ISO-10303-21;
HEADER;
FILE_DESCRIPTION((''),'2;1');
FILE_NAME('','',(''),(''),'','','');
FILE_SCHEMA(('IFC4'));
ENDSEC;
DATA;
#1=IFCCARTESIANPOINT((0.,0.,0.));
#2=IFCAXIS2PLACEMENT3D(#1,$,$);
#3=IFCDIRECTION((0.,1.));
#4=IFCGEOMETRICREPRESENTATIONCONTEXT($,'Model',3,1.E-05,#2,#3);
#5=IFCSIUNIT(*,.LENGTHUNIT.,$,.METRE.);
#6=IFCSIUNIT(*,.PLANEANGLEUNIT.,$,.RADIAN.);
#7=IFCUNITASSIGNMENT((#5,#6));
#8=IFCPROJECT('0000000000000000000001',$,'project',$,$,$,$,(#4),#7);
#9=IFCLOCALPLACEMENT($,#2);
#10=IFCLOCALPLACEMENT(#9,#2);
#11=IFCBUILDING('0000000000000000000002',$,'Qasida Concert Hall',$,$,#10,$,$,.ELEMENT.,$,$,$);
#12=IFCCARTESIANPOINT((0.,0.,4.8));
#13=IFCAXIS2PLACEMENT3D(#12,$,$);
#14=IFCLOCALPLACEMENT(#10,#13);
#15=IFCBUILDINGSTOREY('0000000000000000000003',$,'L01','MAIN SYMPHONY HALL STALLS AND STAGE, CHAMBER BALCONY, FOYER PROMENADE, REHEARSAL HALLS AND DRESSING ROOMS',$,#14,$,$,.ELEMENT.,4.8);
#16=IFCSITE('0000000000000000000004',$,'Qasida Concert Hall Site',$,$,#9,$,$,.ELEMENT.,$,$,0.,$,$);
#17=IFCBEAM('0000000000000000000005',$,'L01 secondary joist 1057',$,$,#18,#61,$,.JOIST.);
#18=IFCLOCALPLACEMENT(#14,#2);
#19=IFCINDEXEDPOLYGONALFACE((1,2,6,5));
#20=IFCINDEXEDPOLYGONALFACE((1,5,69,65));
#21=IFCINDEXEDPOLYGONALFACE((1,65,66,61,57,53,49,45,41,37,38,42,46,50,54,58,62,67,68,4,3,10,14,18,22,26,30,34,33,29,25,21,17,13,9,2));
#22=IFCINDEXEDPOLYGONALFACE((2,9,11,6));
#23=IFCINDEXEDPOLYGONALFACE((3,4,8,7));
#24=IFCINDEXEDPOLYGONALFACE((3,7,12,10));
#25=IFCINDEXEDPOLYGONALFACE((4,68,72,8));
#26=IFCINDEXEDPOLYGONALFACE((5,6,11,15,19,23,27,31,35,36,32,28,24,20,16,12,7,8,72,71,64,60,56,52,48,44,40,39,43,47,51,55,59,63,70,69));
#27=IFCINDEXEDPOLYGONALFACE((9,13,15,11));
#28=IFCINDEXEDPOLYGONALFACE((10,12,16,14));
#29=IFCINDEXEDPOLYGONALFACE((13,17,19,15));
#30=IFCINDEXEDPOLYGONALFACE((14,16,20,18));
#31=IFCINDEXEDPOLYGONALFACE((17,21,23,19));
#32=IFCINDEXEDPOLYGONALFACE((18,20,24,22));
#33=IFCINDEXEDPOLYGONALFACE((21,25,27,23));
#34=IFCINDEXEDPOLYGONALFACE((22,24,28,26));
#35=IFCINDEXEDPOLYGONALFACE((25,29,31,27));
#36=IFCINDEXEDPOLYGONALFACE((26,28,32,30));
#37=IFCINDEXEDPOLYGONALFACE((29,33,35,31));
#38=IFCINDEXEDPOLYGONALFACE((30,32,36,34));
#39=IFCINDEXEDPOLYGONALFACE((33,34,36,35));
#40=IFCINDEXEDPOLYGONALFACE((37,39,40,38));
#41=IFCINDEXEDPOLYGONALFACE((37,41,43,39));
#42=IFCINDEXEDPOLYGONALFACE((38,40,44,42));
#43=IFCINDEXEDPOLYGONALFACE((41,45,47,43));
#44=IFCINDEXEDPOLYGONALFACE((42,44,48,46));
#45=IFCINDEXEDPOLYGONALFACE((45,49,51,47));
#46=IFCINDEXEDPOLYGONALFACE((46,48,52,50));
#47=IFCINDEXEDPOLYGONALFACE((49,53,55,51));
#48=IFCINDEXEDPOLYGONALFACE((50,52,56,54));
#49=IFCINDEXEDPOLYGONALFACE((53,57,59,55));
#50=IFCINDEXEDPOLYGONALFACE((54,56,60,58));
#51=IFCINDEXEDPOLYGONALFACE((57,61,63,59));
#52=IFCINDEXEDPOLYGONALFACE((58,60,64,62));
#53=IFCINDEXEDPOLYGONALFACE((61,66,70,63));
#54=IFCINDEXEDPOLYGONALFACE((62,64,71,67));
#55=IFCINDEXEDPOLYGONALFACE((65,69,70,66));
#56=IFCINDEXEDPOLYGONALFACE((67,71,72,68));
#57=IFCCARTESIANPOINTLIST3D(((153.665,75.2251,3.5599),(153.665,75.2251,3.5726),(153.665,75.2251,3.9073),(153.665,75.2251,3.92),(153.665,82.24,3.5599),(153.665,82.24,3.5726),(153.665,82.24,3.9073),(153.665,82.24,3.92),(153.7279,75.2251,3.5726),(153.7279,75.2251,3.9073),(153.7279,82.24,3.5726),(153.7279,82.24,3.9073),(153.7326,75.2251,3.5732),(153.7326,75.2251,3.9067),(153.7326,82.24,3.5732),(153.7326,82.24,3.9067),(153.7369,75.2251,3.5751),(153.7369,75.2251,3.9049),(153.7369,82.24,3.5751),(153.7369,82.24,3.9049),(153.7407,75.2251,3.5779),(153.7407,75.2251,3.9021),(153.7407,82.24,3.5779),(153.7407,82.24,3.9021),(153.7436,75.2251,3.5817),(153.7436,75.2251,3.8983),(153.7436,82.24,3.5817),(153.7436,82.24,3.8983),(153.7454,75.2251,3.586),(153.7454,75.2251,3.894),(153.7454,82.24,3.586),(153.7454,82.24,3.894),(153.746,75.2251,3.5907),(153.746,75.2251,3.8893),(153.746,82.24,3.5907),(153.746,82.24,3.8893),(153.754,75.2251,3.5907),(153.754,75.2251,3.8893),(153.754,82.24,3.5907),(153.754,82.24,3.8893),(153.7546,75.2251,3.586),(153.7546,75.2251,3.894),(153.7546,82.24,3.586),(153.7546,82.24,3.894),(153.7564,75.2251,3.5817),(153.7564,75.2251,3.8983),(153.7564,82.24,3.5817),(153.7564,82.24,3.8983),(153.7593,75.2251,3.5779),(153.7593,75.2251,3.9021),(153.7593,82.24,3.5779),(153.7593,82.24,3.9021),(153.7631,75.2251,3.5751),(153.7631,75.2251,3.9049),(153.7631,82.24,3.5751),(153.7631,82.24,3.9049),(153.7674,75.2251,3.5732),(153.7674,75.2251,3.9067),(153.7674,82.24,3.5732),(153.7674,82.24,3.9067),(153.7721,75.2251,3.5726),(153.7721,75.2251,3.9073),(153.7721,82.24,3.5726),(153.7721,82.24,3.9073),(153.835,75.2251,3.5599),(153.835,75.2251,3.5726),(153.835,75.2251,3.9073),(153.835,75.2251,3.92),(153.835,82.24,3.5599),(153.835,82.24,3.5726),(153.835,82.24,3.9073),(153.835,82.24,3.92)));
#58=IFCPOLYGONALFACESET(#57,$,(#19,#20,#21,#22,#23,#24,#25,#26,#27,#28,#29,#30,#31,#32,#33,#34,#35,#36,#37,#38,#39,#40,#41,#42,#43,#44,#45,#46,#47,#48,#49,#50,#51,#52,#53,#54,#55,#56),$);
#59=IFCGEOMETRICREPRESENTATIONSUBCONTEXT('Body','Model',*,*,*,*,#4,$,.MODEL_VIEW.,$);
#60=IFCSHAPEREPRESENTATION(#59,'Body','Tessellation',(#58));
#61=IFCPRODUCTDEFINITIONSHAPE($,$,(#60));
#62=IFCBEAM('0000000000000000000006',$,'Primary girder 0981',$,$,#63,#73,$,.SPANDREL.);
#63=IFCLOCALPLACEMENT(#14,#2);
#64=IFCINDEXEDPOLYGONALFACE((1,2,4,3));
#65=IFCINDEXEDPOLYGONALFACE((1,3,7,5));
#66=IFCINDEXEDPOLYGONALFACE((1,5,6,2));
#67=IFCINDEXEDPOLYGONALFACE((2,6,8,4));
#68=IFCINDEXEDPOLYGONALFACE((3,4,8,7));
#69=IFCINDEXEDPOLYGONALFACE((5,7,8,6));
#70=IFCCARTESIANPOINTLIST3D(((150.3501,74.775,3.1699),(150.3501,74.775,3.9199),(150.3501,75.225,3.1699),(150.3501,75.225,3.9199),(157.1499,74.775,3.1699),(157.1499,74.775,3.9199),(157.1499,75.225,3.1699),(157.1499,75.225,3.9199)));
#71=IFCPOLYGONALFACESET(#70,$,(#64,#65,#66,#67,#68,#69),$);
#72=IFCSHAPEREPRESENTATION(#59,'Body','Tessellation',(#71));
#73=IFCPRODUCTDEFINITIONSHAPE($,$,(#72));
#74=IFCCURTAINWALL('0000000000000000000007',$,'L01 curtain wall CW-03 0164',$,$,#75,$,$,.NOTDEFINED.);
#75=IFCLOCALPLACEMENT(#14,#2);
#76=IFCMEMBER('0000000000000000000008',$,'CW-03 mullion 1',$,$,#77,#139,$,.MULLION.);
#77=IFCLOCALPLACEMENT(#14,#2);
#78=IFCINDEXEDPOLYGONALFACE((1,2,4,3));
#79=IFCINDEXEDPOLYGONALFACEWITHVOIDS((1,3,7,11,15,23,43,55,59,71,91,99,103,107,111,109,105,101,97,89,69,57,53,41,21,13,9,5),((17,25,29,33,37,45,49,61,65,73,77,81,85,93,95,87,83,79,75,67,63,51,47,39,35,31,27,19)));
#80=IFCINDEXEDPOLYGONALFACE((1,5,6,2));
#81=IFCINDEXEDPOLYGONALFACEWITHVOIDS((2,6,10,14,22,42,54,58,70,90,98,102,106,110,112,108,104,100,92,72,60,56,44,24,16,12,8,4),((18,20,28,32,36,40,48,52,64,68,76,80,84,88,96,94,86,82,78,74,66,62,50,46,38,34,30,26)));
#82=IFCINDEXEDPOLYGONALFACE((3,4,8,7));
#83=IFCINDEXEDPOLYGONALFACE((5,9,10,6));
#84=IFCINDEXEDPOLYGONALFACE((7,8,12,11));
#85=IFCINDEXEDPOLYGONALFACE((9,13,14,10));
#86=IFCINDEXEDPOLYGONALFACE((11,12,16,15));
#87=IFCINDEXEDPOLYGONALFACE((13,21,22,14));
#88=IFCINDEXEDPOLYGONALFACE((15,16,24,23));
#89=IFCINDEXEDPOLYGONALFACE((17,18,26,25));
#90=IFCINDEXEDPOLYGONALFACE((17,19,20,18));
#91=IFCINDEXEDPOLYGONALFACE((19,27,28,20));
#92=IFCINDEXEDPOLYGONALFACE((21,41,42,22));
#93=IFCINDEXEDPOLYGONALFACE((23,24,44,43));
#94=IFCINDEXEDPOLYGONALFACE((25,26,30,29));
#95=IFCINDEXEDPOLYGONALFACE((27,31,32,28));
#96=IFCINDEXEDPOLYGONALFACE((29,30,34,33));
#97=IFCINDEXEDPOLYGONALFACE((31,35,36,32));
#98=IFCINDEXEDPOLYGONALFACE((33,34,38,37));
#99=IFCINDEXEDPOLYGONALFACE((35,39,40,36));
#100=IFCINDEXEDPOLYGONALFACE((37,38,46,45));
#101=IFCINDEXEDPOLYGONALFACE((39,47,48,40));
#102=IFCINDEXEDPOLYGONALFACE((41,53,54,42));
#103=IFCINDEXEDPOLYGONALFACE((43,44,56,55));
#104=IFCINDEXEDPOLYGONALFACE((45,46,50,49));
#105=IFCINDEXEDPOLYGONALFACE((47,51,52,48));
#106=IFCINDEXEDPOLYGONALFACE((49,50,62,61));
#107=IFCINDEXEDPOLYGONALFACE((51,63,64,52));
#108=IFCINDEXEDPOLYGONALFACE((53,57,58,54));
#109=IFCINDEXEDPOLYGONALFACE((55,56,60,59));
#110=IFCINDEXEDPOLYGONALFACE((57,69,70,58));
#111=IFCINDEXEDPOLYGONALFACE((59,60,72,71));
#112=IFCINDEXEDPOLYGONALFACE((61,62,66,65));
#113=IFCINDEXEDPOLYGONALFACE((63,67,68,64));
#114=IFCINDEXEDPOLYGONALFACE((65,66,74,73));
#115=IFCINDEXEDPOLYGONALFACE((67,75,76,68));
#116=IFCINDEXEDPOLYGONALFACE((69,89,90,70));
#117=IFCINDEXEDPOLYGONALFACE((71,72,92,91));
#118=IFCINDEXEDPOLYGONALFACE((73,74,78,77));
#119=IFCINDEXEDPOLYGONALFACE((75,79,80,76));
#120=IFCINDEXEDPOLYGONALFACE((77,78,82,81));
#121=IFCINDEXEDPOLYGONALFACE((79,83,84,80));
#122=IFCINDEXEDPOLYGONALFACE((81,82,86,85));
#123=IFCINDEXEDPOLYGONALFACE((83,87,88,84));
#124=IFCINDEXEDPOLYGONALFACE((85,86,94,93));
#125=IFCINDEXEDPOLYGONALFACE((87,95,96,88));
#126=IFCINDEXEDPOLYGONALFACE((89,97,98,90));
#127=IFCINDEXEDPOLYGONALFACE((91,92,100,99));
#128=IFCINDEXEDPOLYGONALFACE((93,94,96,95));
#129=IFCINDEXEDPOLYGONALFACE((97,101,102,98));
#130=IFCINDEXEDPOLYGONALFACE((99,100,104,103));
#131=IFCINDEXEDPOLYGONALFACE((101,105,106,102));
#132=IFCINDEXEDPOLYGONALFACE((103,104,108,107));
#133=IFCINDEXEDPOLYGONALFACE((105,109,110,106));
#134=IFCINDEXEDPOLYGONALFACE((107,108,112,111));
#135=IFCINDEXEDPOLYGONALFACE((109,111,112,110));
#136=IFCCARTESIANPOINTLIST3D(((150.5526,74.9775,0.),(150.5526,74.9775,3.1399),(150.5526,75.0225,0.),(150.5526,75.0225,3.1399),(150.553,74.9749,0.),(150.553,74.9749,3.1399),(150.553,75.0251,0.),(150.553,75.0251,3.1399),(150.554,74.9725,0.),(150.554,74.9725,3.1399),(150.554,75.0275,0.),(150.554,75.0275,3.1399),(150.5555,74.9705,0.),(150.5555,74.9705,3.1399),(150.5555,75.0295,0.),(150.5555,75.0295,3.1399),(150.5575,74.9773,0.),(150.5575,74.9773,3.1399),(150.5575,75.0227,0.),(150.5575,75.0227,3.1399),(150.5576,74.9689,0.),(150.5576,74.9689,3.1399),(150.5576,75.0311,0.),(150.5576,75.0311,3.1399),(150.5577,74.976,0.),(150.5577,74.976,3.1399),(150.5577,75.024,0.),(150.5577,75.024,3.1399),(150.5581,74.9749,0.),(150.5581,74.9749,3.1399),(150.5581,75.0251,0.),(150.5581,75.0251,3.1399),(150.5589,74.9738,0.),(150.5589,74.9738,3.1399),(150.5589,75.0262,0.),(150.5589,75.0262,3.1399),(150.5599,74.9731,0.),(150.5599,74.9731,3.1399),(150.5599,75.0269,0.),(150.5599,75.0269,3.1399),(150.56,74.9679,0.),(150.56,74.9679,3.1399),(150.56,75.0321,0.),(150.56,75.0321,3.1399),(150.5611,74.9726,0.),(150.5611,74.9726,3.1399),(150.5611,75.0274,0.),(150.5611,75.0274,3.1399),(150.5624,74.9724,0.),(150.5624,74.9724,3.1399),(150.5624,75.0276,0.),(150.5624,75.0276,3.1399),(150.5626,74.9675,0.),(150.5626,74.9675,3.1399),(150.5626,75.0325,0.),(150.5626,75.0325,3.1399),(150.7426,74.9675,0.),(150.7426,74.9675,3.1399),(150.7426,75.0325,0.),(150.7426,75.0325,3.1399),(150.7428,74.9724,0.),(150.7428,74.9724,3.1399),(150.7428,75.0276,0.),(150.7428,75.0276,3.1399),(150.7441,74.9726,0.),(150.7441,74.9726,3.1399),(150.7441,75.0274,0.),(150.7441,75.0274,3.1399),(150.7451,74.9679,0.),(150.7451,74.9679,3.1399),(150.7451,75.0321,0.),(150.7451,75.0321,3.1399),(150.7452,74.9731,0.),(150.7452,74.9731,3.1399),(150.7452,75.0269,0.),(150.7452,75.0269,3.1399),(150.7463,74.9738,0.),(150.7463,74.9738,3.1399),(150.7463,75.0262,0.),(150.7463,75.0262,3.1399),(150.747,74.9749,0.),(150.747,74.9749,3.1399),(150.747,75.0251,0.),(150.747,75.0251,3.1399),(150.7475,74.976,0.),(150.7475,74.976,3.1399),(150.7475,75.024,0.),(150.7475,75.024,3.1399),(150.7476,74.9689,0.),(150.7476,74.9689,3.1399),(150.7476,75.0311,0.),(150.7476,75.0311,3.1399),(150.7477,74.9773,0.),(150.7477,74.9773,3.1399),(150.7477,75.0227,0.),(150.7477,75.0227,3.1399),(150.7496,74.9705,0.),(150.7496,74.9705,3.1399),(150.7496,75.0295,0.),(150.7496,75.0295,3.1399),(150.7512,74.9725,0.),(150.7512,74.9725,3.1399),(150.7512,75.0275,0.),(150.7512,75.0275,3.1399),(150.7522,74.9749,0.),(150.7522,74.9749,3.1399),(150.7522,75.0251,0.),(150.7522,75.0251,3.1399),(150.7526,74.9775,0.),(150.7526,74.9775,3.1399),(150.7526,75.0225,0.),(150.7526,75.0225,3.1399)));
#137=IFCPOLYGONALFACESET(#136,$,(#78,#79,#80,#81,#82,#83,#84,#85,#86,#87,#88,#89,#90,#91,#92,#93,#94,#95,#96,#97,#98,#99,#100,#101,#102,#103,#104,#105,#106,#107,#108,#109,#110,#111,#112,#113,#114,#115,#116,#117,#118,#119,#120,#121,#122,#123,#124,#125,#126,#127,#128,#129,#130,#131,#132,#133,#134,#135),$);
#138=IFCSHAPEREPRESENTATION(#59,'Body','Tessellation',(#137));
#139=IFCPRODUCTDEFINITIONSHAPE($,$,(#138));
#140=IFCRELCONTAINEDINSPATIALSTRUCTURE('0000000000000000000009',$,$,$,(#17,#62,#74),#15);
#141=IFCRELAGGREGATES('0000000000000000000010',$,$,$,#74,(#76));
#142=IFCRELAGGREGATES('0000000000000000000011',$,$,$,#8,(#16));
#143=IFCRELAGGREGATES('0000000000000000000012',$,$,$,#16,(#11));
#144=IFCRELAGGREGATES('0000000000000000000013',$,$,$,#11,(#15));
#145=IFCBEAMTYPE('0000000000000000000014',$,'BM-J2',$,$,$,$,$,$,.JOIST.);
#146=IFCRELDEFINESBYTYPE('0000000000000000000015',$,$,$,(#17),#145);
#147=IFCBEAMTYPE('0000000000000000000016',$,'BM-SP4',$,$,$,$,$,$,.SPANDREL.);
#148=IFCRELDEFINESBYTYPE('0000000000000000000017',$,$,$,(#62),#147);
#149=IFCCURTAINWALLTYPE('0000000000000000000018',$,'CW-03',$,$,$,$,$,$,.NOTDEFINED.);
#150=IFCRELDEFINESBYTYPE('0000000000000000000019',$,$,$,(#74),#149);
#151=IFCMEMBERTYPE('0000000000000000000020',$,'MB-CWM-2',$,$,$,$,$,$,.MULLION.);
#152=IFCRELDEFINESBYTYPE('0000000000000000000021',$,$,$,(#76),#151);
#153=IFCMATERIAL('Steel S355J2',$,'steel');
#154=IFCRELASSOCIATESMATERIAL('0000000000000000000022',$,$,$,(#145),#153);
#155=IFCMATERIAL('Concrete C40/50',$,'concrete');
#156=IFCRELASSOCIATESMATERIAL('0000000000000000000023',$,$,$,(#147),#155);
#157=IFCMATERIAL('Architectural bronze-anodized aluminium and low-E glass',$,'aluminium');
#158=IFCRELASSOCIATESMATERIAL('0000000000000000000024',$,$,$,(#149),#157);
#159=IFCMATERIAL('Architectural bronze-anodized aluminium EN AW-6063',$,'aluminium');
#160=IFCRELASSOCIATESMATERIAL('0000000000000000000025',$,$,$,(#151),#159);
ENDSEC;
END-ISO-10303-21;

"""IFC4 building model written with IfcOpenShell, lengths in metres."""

from ifc_helpers import new_model, si_unit, direction, frame, origin, origin_2d, place, context, subcontext, project, spatial, rectangle, hollow_rectangle, i_section, extrude, material, material_profile, profile_set, type_object, element, aggregate, save


model = new_model("IFC4")

# Units and contexts
model_context = context("Model", 3, precision=1e-05, world=origin(), true_north=direction((0.0, 1.0)))
body_context = subcontext(model_context, "Body", "Model", "MODEL_VIEW")
ifc_project = project(units=[si_unit("LENGTHUNIT", "METRE"), si_unit("PLANEANGLEUNIT", "RADIAN")], contexts=[model_context])

# Site, building, storey
site_placement = place(None, origin())
site = spatial("IfcSite", under=ifc_project, at=site_placement, Name="Qasida Concert Hall Site", CompositionType="ELEMENT", RefElevation=0.0)
building_placement = place(site_placement, origin())
building = spatial("IfcBuilding", under=site, at=building_placement, Name="Qasida Concert Hall", CompositionType="ELEMENT")
storey_placement = place(building_placement, frame((0.0, 0.0, 4.8)))
storey = spatial("IfcBuildingStorey", under=building, at=storey_placement, Name="L01", Description="MAIN SYMPHONY HALL STALLS AND STAGE, CHAMBER BALCONY, FOYER PROMENADE, REHEARSAL HALLS AND DRESSING ROOMS", CompositionType="ELEMENT", Elevation=4.8)

# Beams
ifc_material_1 = material(Name="Steel S355J2", Category="steel")
ifc_material_profile_1 = material_profile(ifc_material_1, i_section(OverallWidth=0.1699, OverallDepth=0.3601, WebThickness=0.0081, FlangeThickness=0.0127, FilletRadius=0.0181, at=origin_2d()), Name="IPE 360")
ifc_profile_set_1 = profile_set([ifc_material_profile_1], Name="Steel S355J2")
beam_type_1 = type_object("IfcBeamType", Name="BM-J2", PredefinedType="JOIST", material=ifc_profile_set_1)
beam_1_placement = place(storey_placement, frame((153.75, 75.2251, 3.74), z_axis=(0.0, 1.0, 0.0), x_axis=(-1.0, 0.0, 0.0)))
element("IfcBeam", 1, at=beam_1_placement, inside=storey, type_object=beam_type_1, Name="L01 secondary joist 1057", PredefinedType="JOIST", context=body_context, shape_type="SweptSolid", body=[
    extrude(i_section(OverallWidth=0.1699, OverallDepth=0.3601, WebThickness=0.0081, FlangeThickness=0.0127, FilletRadius=0.0181, at=origin_2d()), origin(), (0.0, 0.0, 1.0), 7.0149),
])
ifc_material_2 = material(Name="Concrete C40/50", Category="concrete")
ifc_material_profile_2 = material_profile(ifc_material_2, rectangle(XDim=0.45, YDim=0.75, at=origin_2d()), Name="RC 450x750")
ifc_profile_set_2 = profile_set([ifc_material_profile_2], Name="Concrete C40/50")
beam_type_2 = type_object("IfcBeamType", Name="BM-SP4", PredefinedType="SPANDREL", material=ifc_profile_set_2)
beam_2_placement = place(storey_placement, frame((150.3501, 75.0, 3.5449), z_axis=(1.0, 0.0, 0.0), x_axis=(0.0, 1.0, 0.0)))
element("IfcBeam", 2, at=beam_2_placement, inside=storey, type_object=beam_type_2, Name="Primary girder 0981", PredefinedType="SPANDREL", context=body_context, shape_type="SweptSolid", body=[
    extrude(rectangle(XDim=0.45, YDim=0.75, at=origin_2d()), origin(), (0.0, 0.0, 1.0), 6.7998),
])

# Curtain wall, member
ifc_material_3 = material(Name="Architectural bronze-anodized aluminium and low-E glass", Category="aluminium")
curtain_wall_type = type_object("IfcCurtainWallType", Name="CW-03", PredefinedType="NOTDEFINED", material=ifc_material_3)
curtain_wall_placement = place(storey_placement, origin())
curtain_wall = element("IfcCurtainWall", 3, at=curtain_wall_placement, inside=storey, type_object=curtain_wall_type, Name="L01 curtain wall CW-03 0164", PredefinedType="NOTDEFINED")
ifc_material_4 = material(Name="Architectural bronze-anodized aluminium EN AW-6063", Category="aluminium")
ifc_material_profile_3 = material_profile(ifc_material_4, hollow_rectangle(XDim=0.0649, YDim=0.2, WallThickness=0.0049, InnerFilletRadius=0.0049, OuterFilletRadius=0.01, at=origin_2d()), Name="CWM 200x65x5")
ifc_profile_set_3 = profile_set([ifc_material_profile_3], Name="Architectural bronze-anodized aluminium EN AW-6063")
member_type_1 = type_object("IfcMemberType", Name="MB-CWM-2", PredefinedType="MULLION", material=ifc_profile_set_3)
member_1_placement = place(storey_placement, frame((150.6526, 75.0, 0.0), z_axis=(0.0, 0.0, 1.0), x_axis=(0.0, 1.0, 0.0)))
member_1 = element("IfcMember", 4, at=member_1_placement, type_object=member_type_1, Name="CW-03 mullion 1", PredefinedType="MULLION", context=body_context, shape_type="SweptSolid", body=[
    extrude(hollow_rectangle(XDim=0.0649, YDim=0.2, WallThickness=0.0049, InnerFilletRadius=0.0049, OuterFilletRadius=0.01, at=origin_2d()), origin(), (0.0, 0.0, 1.0), 3.1399),
])
aggregate(curtain_wall, [member_1])

save(model, "model.ifc")
